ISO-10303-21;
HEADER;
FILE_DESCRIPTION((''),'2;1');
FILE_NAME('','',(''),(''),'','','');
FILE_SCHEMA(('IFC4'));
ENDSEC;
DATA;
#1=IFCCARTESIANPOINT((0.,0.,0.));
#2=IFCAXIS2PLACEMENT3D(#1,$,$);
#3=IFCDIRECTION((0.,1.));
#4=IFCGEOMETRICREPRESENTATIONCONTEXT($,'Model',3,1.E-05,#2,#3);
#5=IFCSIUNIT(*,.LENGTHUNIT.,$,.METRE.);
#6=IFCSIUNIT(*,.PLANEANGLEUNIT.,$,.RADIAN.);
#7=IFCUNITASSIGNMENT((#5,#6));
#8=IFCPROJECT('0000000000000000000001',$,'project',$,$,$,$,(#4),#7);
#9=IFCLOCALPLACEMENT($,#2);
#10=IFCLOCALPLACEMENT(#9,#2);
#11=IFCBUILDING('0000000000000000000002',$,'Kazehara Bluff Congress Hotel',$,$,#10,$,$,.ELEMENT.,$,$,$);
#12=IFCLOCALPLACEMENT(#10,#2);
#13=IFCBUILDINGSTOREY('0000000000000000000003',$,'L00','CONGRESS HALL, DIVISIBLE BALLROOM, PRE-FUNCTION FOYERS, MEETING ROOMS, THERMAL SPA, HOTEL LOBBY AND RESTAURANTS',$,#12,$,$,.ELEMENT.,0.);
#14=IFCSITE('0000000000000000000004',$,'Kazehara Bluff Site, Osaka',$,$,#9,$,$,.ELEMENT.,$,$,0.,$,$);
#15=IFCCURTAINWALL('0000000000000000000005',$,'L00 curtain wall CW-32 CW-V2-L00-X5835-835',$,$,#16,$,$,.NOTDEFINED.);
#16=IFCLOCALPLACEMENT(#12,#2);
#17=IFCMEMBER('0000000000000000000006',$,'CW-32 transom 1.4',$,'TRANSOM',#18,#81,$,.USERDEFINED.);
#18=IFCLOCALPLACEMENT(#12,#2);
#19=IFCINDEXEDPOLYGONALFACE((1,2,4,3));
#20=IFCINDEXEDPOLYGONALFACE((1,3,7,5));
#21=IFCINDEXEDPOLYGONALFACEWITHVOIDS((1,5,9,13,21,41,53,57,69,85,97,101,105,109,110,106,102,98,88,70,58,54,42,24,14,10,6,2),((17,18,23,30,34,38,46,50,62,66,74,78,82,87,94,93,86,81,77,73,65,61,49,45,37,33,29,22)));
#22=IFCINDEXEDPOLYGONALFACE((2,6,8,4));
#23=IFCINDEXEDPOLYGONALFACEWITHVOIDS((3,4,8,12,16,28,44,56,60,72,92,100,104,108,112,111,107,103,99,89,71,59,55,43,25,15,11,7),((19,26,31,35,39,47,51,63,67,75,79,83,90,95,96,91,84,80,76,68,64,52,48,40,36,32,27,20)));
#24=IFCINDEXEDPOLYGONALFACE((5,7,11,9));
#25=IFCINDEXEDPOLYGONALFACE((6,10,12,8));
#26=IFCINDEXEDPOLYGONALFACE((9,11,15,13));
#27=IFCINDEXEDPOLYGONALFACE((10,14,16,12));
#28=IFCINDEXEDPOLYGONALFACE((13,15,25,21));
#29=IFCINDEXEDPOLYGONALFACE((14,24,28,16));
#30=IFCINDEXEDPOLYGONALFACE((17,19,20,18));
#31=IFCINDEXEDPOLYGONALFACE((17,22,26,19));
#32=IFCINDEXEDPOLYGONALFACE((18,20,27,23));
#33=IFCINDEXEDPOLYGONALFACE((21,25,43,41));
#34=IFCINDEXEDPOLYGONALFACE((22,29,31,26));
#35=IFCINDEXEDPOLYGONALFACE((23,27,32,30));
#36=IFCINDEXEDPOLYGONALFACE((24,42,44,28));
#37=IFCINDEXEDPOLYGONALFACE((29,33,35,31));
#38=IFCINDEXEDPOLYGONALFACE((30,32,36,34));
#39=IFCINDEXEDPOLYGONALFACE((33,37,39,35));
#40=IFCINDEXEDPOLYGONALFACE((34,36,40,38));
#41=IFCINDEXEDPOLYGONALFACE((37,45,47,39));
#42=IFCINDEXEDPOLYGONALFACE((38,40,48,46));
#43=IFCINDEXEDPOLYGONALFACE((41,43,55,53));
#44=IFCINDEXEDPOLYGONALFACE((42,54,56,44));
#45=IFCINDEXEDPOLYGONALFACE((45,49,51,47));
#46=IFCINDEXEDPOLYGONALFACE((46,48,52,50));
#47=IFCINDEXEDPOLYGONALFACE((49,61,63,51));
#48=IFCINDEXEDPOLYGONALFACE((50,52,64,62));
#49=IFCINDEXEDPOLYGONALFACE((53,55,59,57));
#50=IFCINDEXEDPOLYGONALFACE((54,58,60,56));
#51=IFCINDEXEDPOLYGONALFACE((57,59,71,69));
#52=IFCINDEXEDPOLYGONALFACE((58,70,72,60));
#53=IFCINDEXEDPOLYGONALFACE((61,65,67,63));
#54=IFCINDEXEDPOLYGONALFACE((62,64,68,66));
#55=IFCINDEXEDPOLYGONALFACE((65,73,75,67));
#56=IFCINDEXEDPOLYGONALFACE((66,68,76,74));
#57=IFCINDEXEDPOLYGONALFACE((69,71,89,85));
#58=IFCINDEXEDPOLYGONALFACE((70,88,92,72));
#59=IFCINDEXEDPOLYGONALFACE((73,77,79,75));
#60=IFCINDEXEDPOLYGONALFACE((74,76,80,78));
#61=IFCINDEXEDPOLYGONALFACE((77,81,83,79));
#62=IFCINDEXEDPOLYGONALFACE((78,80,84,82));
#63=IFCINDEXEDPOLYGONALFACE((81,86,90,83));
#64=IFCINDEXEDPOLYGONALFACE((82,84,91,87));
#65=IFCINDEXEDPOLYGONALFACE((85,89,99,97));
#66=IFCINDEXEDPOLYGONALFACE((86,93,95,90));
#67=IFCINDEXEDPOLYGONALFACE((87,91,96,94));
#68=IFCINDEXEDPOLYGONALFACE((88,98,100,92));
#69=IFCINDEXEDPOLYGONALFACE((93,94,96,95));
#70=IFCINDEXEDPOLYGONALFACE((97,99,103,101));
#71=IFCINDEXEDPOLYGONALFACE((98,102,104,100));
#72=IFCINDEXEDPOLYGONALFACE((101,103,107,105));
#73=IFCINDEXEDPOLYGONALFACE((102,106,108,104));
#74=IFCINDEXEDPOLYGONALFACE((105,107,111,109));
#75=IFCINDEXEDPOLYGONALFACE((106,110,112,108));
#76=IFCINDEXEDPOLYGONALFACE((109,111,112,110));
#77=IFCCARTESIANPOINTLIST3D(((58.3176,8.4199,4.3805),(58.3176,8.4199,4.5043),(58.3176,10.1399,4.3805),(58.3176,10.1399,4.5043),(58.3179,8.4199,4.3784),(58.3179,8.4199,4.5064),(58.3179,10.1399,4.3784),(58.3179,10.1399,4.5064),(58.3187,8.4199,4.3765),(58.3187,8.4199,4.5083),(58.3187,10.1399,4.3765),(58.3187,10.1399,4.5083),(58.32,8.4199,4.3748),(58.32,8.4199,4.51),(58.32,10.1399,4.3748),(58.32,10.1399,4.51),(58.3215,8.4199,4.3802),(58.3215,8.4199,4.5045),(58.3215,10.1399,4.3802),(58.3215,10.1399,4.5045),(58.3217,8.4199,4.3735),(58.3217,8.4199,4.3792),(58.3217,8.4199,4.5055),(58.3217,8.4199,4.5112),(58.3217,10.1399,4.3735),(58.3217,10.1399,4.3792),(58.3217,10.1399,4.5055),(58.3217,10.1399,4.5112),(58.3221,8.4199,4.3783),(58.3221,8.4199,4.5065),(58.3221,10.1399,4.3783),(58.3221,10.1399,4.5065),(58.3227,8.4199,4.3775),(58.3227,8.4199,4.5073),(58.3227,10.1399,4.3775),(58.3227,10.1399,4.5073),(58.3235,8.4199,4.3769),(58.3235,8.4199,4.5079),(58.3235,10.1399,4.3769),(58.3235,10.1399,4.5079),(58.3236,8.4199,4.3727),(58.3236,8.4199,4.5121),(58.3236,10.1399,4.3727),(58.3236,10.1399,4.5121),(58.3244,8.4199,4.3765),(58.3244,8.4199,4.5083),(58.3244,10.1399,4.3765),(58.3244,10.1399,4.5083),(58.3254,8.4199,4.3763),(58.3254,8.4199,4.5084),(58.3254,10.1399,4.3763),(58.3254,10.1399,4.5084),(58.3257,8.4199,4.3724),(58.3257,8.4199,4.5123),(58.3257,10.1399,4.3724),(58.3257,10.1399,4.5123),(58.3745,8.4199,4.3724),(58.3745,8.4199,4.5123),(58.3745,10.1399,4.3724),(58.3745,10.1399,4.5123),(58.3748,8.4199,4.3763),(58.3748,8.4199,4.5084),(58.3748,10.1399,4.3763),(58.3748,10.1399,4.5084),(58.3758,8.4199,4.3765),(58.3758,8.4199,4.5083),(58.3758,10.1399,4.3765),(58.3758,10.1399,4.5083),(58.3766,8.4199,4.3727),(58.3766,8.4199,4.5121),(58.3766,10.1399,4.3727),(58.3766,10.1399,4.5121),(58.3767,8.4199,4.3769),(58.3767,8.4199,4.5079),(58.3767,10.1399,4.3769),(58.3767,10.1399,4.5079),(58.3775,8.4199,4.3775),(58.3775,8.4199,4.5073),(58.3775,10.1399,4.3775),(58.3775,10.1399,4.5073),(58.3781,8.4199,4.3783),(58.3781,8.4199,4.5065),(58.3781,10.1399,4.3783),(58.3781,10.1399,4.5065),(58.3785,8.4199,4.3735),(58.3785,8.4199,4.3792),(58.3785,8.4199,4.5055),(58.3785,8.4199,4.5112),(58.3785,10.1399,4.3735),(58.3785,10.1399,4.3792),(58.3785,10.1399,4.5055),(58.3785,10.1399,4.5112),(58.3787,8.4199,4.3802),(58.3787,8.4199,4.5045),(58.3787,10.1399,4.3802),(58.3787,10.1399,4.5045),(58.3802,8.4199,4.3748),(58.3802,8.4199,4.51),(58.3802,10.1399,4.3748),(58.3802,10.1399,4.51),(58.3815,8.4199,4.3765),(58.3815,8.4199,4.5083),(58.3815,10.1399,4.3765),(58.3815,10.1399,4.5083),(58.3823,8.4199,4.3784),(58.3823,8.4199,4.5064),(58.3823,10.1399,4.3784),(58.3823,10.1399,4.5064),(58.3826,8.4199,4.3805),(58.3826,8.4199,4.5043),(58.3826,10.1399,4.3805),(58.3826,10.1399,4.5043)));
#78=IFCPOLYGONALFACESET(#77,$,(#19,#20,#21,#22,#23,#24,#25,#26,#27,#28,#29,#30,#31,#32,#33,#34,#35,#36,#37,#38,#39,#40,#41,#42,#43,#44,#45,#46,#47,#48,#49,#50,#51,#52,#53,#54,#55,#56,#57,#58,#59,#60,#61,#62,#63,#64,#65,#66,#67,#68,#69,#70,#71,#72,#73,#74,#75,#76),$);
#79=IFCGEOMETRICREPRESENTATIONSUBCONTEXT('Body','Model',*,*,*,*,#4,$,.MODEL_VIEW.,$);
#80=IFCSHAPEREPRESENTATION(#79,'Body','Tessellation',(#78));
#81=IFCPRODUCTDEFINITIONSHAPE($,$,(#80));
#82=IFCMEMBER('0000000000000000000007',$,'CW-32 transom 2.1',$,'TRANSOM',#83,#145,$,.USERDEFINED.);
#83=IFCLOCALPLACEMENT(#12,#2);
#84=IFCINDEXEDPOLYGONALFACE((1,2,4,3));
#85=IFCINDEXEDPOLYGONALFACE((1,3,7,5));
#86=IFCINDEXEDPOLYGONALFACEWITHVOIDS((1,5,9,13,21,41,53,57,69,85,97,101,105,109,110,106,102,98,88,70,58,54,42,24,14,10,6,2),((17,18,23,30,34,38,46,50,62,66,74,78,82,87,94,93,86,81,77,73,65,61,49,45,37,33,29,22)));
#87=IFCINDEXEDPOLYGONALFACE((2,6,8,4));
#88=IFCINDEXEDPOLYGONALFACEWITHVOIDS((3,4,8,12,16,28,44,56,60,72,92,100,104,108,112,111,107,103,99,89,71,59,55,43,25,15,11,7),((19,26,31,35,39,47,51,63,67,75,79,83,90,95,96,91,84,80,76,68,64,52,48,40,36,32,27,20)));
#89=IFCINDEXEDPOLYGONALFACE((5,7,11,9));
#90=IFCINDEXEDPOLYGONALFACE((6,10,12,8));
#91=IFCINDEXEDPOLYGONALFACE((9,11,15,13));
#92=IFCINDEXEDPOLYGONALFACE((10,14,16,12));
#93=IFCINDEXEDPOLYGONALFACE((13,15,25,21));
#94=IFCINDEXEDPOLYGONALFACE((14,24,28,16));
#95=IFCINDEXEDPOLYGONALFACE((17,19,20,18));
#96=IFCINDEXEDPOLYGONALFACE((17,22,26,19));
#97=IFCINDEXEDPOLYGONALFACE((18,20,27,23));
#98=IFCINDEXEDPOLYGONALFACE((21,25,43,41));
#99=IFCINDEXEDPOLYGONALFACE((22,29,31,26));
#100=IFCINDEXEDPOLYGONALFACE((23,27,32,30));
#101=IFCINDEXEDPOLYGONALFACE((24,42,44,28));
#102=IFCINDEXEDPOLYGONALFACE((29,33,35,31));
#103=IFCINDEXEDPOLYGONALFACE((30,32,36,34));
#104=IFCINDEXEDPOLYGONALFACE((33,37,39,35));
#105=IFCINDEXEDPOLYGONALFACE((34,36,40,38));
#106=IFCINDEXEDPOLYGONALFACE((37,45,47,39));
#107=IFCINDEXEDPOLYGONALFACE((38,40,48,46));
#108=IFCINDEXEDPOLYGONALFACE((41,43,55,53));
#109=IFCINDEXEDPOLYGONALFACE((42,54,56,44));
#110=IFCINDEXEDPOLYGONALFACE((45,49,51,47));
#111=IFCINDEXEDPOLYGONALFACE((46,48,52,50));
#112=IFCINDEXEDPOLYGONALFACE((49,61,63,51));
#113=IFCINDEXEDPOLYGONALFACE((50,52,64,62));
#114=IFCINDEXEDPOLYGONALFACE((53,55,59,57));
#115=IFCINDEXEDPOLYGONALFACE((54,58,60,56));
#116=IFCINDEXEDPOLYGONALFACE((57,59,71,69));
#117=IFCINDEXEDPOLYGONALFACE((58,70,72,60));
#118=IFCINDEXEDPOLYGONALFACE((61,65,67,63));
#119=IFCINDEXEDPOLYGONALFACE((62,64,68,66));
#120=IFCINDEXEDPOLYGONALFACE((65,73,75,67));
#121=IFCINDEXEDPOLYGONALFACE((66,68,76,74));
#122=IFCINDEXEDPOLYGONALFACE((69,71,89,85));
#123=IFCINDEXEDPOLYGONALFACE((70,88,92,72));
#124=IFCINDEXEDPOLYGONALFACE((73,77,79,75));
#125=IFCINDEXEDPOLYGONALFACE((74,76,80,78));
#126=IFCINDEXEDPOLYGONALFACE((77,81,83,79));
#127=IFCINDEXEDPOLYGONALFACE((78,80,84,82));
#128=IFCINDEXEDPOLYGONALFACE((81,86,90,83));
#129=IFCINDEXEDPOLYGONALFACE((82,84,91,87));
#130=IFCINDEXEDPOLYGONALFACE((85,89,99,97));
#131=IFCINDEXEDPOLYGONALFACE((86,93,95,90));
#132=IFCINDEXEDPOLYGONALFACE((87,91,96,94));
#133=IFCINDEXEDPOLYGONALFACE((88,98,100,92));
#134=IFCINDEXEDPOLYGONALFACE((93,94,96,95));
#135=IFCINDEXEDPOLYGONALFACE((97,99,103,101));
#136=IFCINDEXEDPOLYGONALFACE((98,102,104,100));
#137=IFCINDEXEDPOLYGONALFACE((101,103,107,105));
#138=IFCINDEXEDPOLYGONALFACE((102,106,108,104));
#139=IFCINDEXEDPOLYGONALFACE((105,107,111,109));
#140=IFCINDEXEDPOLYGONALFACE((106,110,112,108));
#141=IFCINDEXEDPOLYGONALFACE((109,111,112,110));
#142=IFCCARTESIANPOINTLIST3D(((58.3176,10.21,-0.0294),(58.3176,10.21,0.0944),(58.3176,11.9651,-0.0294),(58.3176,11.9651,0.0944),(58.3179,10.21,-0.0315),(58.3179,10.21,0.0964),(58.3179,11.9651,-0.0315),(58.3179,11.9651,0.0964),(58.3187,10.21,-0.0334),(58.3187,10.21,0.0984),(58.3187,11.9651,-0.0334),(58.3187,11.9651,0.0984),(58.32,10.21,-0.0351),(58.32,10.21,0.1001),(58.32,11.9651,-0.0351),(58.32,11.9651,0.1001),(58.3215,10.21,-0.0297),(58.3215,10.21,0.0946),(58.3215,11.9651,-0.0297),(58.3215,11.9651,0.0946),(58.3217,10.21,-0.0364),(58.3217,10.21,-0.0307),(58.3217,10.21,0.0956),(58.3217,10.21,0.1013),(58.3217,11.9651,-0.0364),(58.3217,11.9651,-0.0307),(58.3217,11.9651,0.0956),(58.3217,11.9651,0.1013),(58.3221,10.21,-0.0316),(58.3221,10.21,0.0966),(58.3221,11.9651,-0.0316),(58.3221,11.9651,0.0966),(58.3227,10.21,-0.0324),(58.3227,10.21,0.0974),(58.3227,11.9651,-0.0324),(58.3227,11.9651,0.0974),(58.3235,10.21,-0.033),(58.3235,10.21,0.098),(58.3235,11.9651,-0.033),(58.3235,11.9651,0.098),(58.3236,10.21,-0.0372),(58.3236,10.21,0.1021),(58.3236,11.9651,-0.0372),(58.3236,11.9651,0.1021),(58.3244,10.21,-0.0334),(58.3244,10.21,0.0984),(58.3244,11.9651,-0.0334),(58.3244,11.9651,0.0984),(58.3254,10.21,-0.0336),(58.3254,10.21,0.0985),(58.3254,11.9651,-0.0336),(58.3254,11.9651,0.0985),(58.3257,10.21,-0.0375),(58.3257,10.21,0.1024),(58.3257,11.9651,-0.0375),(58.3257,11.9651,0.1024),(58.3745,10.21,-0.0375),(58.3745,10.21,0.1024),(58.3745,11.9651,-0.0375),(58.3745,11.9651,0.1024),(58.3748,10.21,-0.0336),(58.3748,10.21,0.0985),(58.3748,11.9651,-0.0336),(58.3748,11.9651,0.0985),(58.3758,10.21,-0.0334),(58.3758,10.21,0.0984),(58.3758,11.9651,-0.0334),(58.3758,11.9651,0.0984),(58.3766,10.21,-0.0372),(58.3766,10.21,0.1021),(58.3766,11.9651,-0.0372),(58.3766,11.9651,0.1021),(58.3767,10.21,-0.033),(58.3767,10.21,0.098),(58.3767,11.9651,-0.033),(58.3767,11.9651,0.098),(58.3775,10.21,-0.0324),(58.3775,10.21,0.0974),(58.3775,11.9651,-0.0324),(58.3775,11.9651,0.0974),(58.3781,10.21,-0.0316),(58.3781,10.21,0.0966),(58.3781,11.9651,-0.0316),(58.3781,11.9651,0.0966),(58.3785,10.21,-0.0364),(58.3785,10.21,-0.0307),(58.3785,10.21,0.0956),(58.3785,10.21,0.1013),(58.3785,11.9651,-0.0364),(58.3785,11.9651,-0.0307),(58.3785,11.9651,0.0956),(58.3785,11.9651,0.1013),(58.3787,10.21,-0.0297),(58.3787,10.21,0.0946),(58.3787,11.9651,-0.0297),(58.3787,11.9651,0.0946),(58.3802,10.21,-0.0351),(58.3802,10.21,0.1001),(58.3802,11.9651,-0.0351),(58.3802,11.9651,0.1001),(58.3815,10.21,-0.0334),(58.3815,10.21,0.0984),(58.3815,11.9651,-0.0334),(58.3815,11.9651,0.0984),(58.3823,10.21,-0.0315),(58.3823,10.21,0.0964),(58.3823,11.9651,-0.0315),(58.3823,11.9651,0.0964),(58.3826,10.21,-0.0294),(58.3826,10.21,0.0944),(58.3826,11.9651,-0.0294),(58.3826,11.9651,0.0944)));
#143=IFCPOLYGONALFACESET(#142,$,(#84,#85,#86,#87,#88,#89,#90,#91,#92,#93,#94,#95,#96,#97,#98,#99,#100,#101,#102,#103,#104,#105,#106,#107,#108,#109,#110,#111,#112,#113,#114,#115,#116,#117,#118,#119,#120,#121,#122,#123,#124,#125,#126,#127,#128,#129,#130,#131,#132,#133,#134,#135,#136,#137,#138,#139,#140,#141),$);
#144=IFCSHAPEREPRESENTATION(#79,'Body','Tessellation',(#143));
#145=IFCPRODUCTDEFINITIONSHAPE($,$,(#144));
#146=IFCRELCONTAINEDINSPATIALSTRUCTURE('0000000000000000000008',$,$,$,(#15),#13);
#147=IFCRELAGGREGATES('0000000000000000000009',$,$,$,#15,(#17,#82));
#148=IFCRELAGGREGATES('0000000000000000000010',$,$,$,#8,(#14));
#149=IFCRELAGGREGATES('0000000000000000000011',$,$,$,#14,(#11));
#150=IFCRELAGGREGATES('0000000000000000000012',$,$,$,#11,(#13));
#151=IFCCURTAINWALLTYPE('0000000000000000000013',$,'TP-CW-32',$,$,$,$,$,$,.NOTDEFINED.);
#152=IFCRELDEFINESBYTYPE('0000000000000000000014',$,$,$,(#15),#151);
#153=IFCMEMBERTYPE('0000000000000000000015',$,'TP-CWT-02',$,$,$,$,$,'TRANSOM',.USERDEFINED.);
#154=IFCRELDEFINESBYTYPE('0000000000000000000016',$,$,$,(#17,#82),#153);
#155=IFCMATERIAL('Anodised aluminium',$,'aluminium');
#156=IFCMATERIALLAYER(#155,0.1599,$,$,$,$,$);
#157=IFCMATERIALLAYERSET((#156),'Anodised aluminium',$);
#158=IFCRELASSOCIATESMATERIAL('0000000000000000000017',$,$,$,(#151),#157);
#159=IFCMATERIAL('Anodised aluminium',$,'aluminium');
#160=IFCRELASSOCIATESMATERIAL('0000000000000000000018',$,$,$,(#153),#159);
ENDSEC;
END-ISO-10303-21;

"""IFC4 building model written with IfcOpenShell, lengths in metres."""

from ifc_helpers import new_model, si_unit, direction, frame, origin, origin_2d, place, context, subcontext, project, spatial, hollow_rectangle, extrude, material, layer, layer_set, material_profile, profile_set, type_object, element, aggregate, save


model = new_model("IFC4")

# Units and contexts
model_context = context("Model", 3, precision=1e-05, world=origin(), true_north=direction((0.0, 1.0)))
body_context = subcontext(model_context, "Body", "Model", "MODEL_VIEW")
ifc_project = project(units=[si_unit("LENGTHUNIT", "METRE"), si_unit("PLANEANGLEUNIT", "RADIAN")], contexts=[model_context])

# Site, building, storey
site_placement = place(None, origin())
site = spatial("IfcSite", under=ifc_project, at=site_placement, Name="Kazehara Bluff Site, Osaka", CompositionType="ELEMENT", RefElevation=0.0)
building_placement = place(site_placement, origin())
building = spatial("IfcBuilding", under=site, at=building_placement, Name="Kazehara Bluff Congress Hotel", CompositionType="ELEMENT")
storey_placement = place(building_placement, origin())
storey = spatial("IfcBuildingStorey", under=building, at=storey_placement, Name="L00", Description="CONGRESS HALL, DIVISIBLE BALLROOM, PRE-FUNCTION FOYERS, MEETING ROOMS, THERMAL SPA, HOTEL LOBBY AND RESTAURANTS", CompositionType="ELEMENT", Elevation=0.0)

# Curtain wall
ifc_material_1 = material(Name="Anodised aluminium", Category="aluminium")
ifc_layer_1 = layer(ifc_material_1, 0.1599)
ifc_layer_set_1 = layer_set([ifc_layer_1], Name="Anodised aluminium")
curtain_wall_type_1 = type_object("IfcCurtainWallType", Name="TP-CW-32", PredefinedType="NOTDEFINED", material=ifc_layer_set_1)
curtain_wall_1_placement = place(storey_placement, origin())
curtain_wall_1 = element("IfcCurtainWall", 1, at=curtain_wall_1_placement, inside=storey, type_object=curtain_wall_type_1, Name="L00 curtain wall CW-32 CW-V2-L00-X5835-835", PredefinedType="NOTDEFINED")

# Members
ifc_material_2 = material(Name="Anodised aluminium", Category="aluminium")
ifc_material_profile_1 = material_profile(ifc_material_2, hollow_rectangle(XDim=0.0649, YDim=0.1399, WallThickness=0.0039, InnerFilletRadius=0.0039, OuterFilletRadius=0.0081, at=origin_2d()))
ifc_profile_set_1 = profile_set([ifc_material_profile_1], Name="Anodised aluminium")
member_type_1 = type_object("IfcMemberType", Name="TP-CWT-02", ElementType="TRANSOM", PredefinedType="USERDEFINED", material=ifc_profile_set_1)
member_1_placement = place(storey_placement, frame((58.3501, 8.4199, 4.4424), z_axis=(0.0, 1.0, 0.0), x_axis=(-1.0, 0.0, 0.0)))
member_1 = element("IfcMember", 2, at=member_1_placement, type_object=member_type_1, Name="CW-32 transom 1.4", ObjectType="TRANSOM", PredefinedType="USERDEFINED", context=body_context, shape_type="SweptSolid", body=[
    extrude(hollow_rectangle(XDim=0.0649, YDim=0.1399, WallThickness=0.0039, InnerFilletRadius=0.0039, OuterFilletRadius=0.0081, at=origin_2d()), origin(), (0.0, 0.0, 1.0), 1.72),
])
member_2_placement = place(storey_placement, frame((58.3501, 10.21, 0.0325), z_axis=(0.0, 1.0, 0.0), x_axis=(-1.0, 0.0, 0.0)))
member_2 = element("IfcMember", 3, at=member_2_placement, type_object=member_type_1, Name="CW-32 transom 2.1", ObjectType="TRANSOM", PredefinedType="USERDEFINED", context=body_context, shape_type="SweptSolid", body=[
    extrude(hollow_rectangle(XDim=0.0649, YDim=0.1399, WallThickness=0.0039, InnerFilletRadius=0.0039, OuterFilletRadius=0.0081, at=origin_2d()), origin(), (0.0, 0.0, 1.0), 1.7551),
])

aggregate(curtain_wall_1, [member_1, member_2])

save(model, "model.ifc")
